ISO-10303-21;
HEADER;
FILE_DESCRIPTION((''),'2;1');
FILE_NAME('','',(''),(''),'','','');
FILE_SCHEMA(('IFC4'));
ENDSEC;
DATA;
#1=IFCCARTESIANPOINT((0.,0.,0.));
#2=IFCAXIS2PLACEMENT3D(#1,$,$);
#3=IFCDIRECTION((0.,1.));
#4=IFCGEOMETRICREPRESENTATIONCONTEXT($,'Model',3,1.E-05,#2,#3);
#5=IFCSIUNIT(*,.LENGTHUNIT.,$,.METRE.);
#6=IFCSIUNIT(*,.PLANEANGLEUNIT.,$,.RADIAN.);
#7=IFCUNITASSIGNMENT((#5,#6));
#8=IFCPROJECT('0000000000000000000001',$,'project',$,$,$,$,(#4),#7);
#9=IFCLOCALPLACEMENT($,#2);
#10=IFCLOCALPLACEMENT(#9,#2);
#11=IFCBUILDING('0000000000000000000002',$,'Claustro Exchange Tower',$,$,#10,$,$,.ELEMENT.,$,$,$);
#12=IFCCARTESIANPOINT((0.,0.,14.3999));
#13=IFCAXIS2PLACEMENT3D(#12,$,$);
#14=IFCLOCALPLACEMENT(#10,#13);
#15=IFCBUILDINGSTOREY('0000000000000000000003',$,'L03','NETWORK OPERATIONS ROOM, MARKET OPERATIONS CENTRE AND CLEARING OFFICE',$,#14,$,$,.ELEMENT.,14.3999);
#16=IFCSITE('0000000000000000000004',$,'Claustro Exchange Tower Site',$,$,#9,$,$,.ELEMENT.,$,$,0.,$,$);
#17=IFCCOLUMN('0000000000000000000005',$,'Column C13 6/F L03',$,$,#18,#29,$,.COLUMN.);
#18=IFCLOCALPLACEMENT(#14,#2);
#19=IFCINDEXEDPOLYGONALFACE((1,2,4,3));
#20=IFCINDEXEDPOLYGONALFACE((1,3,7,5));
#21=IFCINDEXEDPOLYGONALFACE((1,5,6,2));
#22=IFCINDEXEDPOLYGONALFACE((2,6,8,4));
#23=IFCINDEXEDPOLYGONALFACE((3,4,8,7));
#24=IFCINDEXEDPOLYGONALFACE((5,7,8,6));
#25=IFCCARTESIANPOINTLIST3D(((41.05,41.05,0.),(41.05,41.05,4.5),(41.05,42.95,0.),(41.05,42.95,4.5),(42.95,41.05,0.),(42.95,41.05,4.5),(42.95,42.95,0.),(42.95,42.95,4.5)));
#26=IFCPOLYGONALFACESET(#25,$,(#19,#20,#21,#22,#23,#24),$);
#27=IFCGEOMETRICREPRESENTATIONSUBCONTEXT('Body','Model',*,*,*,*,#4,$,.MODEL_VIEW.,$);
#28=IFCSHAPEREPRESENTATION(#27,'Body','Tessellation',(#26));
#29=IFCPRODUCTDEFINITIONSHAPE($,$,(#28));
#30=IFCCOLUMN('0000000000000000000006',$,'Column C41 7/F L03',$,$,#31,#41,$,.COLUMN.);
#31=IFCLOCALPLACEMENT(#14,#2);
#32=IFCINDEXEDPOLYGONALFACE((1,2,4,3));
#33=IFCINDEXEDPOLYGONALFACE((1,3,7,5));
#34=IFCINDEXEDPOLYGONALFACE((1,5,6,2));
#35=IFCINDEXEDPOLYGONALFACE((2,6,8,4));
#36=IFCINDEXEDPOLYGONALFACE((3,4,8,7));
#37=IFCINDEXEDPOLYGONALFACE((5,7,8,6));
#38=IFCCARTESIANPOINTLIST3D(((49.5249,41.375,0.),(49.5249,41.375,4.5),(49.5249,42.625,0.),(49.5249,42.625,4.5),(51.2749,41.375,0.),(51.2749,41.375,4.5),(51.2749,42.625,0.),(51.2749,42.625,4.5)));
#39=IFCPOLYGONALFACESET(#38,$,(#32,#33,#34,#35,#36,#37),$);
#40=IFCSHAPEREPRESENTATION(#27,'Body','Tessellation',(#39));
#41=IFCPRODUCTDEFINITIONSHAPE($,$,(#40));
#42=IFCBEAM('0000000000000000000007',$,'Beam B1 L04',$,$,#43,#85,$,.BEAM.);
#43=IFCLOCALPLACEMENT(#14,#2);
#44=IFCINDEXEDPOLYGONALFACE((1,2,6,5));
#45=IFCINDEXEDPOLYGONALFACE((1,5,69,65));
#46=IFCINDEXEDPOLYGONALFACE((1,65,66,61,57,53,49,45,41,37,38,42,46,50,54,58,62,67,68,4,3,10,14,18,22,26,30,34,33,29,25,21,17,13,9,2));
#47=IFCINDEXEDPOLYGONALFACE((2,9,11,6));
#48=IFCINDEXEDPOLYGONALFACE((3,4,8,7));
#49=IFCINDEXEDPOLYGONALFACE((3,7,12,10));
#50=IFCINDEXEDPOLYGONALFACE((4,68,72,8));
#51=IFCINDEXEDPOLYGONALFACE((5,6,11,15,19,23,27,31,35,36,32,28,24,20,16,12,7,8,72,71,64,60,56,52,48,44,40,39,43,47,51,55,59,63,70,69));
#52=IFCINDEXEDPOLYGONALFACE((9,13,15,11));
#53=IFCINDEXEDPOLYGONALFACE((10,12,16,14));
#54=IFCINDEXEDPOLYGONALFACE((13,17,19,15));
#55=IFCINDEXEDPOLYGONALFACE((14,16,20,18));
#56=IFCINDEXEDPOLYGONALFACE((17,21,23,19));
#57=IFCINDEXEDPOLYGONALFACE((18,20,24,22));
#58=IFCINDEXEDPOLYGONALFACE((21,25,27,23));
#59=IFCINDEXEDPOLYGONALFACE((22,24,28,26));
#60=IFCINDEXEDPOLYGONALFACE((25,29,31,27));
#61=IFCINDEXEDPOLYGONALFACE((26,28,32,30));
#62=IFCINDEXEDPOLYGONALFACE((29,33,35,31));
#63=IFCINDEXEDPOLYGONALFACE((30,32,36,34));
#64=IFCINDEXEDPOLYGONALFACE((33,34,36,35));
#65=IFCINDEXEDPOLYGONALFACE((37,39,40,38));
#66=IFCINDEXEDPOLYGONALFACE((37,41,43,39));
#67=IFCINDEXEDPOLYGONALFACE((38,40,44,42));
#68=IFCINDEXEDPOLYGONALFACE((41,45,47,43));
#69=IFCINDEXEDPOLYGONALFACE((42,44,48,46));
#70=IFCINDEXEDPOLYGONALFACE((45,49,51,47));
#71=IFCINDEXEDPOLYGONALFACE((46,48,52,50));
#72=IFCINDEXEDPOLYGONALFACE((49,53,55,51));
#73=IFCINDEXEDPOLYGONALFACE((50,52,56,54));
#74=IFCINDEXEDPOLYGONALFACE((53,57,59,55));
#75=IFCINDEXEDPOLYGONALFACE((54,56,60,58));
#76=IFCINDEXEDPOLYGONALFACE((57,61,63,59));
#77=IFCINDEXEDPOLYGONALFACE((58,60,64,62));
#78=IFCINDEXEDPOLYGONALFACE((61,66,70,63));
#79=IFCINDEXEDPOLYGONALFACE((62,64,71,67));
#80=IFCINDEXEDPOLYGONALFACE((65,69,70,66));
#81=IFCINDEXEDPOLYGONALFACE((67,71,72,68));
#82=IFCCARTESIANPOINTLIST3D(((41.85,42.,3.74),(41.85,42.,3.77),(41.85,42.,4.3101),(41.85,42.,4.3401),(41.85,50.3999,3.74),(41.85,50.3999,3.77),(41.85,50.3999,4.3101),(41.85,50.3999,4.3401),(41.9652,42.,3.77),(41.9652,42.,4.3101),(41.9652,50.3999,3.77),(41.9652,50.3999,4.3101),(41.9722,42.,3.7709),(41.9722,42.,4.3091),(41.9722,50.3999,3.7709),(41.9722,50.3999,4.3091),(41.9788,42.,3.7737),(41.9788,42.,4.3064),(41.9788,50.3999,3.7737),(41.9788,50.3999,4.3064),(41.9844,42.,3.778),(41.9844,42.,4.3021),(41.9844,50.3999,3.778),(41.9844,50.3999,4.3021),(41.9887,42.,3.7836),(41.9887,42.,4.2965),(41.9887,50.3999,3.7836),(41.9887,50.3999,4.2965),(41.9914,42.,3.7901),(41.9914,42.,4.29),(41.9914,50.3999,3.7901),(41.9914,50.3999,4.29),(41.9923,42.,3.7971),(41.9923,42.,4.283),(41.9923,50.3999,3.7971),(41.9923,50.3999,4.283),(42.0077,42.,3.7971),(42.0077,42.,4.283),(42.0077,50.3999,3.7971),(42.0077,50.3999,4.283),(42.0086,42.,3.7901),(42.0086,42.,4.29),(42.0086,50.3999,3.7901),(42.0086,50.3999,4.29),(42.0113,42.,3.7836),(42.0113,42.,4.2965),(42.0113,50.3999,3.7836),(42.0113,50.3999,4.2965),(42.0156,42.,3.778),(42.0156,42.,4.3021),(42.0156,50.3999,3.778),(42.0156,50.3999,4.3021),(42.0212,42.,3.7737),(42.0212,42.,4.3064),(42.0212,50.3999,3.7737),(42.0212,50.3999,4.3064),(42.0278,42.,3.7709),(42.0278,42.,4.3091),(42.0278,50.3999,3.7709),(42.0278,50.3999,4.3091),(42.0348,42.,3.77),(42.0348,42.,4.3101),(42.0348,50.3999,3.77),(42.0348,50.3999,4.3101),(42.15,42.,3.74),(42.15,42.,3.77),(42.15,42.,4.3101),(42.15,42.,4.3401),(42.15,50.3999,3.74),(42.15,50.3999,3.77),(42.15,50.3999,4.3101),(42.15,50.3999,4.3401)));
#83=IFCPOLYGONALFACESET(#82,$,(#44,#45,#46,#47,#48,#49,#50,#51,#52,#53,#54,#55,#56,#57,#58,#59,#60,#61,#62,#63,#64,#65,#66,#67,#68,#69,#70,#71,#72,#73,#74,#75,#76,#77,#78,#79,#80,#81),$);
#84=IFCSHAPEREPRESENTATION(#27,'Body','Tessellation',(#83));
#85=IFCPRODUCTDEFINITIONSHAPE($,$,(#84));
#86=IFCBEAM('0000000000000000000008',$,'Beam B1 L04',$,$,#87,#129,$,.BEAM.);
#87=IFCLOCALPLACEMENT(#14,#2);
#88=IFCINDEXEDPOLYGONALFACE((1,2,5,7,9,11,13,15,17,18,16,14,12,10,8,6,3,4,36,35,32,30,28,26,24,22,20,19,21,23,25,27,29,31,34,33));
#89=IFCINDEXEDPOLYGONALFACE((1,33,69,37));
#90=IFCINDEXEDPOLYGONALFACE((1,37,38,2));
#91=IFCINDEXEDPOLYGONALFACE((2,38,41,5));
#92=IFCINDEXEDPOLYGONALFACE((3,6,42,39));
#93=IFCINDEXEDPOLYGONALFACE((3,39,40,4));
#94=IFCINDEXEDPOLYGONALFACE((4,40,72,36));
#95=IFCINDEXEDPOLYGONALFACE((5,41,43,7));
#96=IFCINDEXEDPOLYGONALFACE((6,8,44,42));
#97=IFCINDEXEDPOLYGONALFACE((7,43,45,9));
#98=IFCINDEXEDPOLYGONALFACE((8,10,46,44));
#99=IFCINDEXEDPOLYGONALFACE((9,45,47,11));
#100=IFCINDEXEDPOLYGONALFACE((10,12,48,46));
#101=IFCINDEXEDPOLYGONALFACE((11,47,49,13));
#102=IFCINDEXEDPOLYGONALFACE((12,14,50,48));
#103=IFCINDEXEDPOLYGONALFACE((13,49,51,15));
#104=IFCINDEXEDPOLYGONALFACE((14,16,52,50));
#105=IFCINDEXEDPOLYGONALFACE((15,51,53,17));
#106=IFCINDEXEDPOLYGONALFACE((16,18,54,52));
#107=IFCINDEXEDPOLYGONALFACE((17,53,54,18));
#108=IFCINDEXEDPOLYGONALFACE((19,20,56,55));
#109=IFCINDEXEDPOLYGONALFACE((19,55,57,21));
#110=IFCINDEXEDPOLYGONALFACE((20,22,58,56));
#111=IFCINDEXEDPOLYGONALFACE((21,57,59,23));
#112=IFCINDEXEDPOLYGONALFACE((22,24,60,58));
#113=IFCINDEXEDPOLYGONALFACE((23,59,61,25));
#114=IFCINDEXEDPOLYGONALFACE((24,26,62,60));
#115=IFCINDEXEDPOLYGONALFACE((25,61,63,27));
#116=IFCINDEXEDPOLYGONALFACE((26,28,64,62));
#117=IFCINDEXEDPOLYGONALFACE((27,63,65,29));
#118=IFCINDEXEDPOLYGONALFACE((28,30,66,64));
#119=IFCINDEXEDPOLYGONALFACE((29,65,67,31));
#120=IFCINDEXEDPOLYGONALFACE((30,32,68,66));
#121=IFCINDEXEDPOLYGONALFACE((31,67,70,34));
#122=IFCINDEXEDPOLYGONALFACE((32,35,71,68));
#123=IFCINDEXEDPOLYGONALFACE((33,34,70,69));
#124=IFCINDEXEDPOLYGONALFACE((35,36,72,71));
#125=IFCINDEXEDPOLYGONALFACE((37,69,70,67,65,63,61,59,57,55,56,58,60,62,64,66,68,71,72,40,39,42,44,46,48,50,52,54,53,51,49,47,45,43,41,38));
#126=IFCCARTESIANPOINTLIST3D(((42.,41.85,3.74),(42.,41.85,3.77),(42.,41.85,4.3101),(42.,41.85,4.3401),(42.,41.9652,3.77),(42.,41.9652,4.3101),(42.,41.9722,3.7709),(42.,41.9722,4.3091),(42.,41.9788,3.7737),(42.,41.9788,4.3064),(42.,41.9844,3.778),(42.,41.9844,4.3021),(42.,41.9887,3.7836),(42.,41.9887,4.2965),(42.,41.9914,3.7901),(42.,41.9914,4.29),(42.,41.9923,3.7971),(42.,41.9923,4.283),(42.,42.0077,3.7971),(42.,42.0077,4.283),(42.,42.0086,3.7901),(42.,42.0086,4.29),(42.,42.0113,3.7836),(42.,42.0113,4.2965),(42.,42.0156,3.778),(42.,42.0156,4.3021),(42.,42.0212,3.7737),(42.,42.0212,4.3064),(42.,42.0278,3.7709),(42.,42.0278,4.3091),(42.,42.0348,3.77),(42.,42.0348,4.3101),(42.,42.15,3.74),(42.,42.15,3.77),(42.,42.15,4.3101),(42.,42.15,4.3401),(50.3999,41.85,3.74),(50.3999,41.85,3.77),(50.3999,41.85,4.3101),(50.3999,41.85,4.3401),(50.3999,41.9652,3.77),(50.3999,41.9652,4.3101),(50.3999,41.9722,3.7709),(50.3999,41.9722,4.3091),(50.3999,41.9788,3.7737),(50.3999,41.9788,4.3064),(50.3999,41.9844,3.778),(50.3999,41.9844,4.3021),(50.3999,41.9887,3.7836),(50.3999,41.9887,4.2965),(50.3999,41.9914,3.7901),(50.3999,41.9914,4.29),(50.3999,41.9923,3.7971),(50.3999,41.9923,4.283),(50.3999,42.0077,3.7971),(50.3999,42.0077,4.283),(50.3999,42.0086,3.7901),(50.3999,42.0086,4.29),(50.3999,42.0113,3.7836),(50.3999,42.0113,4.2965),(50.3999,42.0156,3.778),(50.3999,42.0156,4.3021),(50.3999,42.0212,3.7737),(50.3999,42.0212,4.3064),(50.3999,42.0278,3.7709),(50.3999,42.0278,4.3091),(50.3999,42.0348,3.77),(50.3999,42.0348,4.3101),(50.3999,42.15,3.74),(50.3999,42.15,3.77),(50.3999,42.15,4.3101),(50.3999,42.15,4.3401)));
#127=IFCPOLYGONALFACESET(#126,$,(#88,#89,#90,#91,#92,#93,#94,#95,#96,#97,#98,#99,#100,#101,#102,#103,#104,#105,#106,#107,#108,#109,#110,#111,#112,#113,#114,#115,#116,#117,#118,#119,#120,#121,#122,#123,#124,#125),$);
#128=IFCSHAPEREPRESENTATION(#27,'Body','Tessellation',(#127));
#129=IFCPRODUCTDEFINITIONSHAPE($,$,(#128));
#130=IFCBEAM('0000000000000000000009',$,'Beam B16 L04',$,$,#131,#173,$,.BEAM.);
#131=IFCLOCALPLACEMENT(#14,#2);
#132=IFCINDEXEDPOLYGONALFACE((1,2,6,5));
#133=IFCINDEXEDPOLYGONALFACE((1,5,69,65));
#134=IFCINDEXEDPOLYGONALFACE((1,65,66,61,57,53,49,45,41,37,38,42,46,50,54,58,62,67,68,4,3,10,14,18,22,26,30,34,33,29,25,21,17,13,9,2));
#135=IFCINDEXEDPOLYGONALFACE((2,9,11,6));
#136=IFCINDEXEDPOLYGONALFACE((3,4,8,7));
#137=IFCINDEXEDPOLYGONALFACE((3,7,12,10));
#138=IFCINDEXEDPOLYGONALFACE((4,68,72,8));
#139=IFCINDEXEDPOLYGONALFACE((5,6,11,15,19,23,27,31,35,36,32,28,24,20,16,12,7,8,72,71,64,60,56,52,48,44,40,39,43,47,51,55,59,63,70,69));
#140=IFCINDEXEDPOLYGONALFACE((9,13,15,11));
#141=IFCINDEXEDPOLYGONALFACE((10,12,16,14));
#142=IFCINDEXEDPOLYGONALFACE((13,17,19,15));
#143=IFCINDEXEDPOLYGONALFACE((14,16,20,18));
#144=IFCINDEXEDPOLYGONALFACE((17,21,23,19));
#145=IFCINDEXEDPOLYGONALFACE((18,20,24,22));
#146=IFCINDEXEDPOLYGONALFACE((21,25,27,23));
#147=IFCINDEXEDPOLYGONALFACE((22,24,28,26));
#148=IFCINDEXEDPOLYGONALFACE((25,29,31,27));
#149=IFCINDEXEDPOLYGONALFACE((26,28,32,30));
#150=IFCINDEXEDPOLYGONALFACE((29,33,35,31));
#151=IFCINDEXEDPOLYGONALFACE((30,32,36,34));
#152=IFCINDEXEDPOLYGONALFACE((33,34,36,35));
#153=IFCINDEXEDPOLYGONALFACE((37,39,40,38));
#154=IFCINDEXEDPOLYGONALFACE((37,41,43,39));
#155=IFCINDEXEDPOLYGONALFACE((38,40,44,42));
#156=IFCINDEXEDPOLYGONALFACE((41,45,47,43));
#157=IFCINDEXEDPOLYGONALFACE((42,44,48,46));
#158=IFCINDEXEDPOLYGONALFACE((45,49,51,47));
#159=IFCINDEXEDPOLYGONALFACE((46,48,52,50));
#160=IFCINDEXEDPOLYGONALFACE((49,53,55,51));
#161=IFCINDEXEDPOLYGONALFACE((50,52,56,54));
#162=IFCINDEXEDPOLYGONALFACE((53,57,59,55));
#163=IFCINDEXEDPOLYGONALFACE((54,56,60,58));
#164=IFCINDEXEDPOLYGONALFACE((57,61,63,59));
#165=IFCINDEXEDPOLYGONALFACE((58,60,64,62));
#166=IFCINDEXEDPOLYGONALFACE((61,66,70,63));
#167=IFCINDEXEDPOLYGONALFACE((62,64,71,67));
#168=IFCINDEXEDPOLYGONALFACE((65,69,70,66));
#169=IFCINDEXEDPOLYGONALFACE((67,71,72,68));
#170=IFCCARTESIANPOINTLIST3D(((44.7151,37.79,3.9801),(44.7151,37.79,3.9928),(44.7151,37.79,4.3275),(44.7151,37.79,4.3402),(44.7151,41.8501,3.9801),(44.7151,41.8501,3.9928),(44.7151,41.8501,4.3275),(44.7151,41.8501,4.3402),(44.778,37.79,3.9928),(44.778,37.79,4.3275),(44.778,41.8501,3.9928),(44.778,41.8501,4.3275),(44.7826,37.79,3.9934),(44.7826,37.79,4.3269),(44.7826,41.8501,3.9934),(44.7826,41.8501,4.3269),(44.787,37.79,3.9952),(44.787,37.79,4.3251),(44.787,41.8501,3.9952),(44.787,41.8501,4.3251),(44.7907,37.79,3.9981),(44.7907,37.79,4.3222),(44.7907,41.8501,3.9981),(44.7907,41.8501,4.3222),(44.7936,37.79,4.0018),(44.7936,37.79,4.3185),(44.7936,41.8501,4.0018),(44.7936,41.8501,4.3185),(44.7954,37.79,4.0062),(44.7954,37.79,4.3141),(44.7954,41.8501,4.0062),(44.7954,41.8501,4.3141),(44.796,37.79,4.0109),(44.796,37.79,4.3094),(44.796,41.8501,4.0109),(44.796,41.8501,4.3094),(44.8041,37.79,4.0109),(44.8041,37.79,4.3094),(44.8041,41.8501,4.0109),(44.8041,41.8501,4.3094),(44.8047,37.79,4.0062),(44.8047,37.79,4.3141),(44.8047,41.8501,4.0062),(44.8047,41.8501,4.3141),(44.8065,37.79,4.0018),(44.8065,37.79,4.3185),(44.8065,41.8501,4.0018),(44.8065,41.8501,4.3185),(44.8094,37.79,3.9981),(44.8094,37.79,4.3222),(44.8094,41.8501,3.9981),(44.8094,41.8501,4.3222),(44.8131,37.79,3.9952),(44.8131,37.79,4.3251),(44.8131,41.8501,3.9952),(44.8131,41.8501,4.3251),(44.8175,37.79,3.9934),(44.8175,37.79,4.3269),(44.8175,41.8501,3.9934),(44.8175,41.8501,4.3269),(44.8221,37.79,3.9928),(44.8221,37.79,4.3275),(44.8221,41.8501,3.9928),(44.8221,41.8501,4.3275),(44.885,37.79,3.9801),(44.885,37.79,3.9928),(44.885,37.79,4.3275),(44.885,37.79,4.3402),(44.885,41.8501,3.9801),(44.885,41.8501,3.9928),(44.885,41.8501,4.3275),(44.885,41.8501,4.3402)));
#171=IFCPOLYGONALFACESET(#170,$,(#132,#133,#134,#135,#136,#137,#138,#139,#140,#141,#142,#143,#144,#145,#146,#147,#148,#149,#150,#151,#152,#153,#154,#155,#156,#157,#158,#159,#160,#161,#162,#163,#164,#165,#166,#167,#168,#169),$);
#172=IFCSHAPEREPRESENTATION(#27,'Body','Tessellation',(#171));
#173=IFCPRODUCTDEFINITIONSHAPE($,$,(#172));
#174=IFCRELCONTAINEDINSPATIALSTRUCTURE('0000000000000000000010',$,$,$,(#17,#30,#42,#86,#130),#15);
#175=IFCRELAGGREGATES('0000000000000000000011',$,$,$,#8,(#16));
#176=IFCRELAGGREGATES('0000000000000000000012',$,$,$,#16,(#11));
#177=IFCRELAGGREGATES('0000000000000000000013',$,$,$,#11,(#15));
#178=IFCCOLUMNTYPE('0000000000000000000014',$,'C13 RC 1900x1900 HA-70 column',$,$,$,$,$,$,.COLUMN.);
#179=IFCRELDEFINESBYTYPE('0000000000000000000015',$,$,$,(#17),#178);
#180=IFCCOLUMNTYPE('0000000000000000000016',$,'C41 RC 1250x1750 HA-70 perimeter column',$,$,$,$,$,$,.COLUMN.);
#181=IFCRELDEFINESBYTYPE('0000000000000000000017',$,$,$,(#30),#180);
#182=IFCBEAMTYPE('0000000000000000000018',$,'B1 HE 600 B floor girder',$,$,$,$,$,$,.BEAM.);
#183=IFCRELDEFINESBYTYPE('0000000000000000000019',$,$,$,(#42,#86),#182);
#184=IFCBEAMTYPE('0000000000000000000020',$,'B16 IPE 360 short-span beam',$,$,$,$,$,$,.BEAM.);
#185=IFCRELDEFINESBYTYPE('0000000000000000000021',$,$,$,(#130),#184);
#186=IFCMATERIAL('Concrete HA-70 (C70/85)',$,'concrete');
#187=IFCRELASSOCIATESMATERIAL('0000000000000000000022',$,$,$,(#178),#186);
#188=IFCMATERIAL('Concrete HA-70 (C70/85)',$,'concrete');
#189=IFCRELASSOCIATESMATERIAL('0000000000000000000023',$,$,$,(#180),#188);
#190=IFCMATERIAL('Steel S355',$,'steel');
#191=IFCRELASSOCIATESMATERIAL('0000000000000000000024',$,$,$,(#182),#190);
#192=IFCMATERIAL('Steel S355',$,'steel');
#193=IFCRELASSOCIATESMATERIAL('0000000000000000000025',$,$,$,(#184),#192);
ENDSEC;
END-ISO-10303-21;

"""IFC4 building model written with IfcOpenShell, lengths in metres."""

from ifc_helpers import new_model, si_unit, direction, frame, origin, origin_2d, place, context, subcontext, project, spatial, rectangle, i_section, extrude, material, material_profile, profile_set, type_object, element, save


model = new_model("IFC4")

# Units and contexts
model_context = context("Model", 3, precision=1e-05, world=origin(), true_north=direction((0.0, 1.0)))
body_context = subcontext(model_context, "Body", "Model", "MODEL_VIEW")
ifc_project = project(units=[si_unit("LENGTHUNIT", "METRE"), si_unit("PLANEANGLEUNIT", "RADIAN")], contexts=[model_context])

# Site, building, storey
site_placement = place(None, origin())
site = spatial("IfcSite", under=ifc_project, at=site_placement, Name="Claustro Exchange Tower Site", CompositionType="ELEMENT", RefElevation=0.0)
building_placement = place(site_placement, origin())
building = spatial("IfcBuilding", under=site, at=building_placement, Name="Claustro Exchange Tower", CompositionType="ELEMENT")
storey_placement = place(building_placement, frame((0.0, 0.0, 14.3999)))
storey = spatial("IfcBuildingStorey", under=building, at=storey_placement, Name="L03", Description="NETWORK OPERATIONS ROOM, MARKET OPERATIONS CENTRE AND CLEARING OFFICE", CompositionType="ELEMENT", Elevation=14.3999)

# Columns
ifc_material_1 = material(Name="Concrete HA-70 (C70/85)", Category="concrete")
ifc_material_profile_1 = material_profile(ifc_material_1, rectangle(XDim=1.8999, YDim=1.8999, at=origin_2d()), Name="RC 1900x1900")
ifc_profile_set_1 = profile_set([ifc_material_profile_1], Name="Concrete HA-70 (C70/85)")
column_type_1 = type_object("IfcColumnType", Name="C13 RC 1900x1900 HA-70 column", PredefinedType="COLUMN", material=ifc_profile_set_1)
column_1_placement = place(storey_placement, frame((42.0, 42.0, 0.0), z_axis=(0.0, 0.0, 1.0), x_axis=(1.0, 0.0, 0.0)))
element("IfcColumn", 1, at=column_1_placement, inside=storey, type_object=column_type_1, Name="Column C13 6/F L03", PredefinedType="COLUMN", context=body_context, shape_type="SweptSolid", body=[
    extrude(rectangle(XDim=1.8999, YDim=1.8999, at=origin_2d()), origin(), (0.0, 0.0, 1.0), 4.5),
])
ifc_material_2 = material(Name="Concrete HA-70 (C70/85)", Category="concrete")
ifc_material_profile_2 = material_profile(ifc_material_2, rectangle(XDim=1.25, YDim=1.75, at=origin_2d()), Name="RC 1250x1750")
ifc_profile_set_2 = profile_set([ifc_material_profile_2], Name="Concrete HA-70 (C70/85)")
column_type_2 = type_object("IfcColumnType", Name="C41 RC 1250x1750 HA-70 perimeter column", PredefinedType="COLUMN", material=ifc_profile_set_2)
column_2_placement = place(storey_placement, frame((50.3999, 42.0, 0.0), z_axis=(0.0, 0.0, 1.0), x_axis=(0.0, 1.0, 0.0)))
element("IfcColumn", 2, at=column_2_placement, inside=storey, type_object=column_type_2, Name="Column C41 7/F L03", PredefinedType="COLUMN", context=body_context, shape_type="SweptSolid", body=[
    extrude(rectangle(XDim=1.25, YDim=1.75, at=origin_2d()), origin(), (0.0, 0.0, 1.0), 4.5),
])

# Beams
ifc_material_3 = material(Name="Steel S355", Category="steel")
ifc_material_profile_3 = material_profile(ifc_material_3, i_section(OverallWidth=0.3, OverallDepth=0.6001, WebThickness=0.0154, FlangeThickness=0.03, FilletRadius=0.0271, at=origin_2d()), Name="HE 600 B")
ifc_profile_set_3 = profile_set([ifc_material_profile_3], Name="Steel S355")
beam_type_1 = type_object("IfcBeamType", Name="B1 HE 600 B floor girder", PredefinedType="BEAM", material=ifc_profile_set_3)
for number, where, z_axis, x_axis, name in (
    (3, (42.0, 42.0, 4.04), (0.0, 1.0, 0.0), (-1.0, 0.0, 0.0), "Beam B1 L04"),
    (4, (42.0, 42.0, 4.04), (1.0, 0.0, 0.0), (0.0, 1.0, 0.0), "Beam B1 L04"),
):
    element("IfcBeam", number, at=place(storey_placement, frame(where, z_axis=z_axis, x_axis=x_axis)), inside=storey, type_object=beam_type_1, Name=name, PredefinedType="BEAM", context=body_context, shape_type="SweptSolid", body=[
        extrude(i_section(OverallWidth=0.3, OverallDepth=0.6001, WebThickness=0.0154, FlangeThickness=0.03, FilletRadius=0.0271, at=origin_2d()), origin(), (0.0, 0.0, 1.0), 8.3999),
    ])
ifc_material_4 = material(Name="Steel S355", Category="steel")
ifc_material_profile_4 = material_profile(ifc_material_4, i_section(OverallWidth=0.1699, OverallDepth=0.3601, WebThickness=0.0081, FlangeThickness=0.0127, FilletRadius=0.0181, at=origin_2d()), Name="IPE 360")
ifc_profile_set_4 = profile_set([ifc_material_profile_4], Name="Steel S355")
beam_type_2 = type_object("IfcBeamType", Name="B16 IPE 360 short-span beam", PredefinedType="BEAM", material=ifc_profile_set_4)
for number, where, z_axis, x_axis, name in (
    (5, (44.8, 37.79, 4.1602), (0.0, 1.0, 0.0), (-1.0, 0.0, 0.0), "Beam B16 L04"),
):
    element("IfcBeam", number, at=place(storey_placement, frame(where, z_axis=z_axis, x_axis=x_axis)), inside=storey, type_object=beam_type_2, Name=name, PredefinedType="BEAM", context=body_context, shape_type="SweptSolid", body=[
        extrude(i_section(OverallWidth=0.1699, OverallDepth=0.3601, WebThickness=0.0081, FlangeThickness=0.0127, FilletRadius=0.0181, at=origin_2d()), origin(), (0.0, 0.0, 1.0), 4.0601),
    ])

save(model, "model.ifc")
